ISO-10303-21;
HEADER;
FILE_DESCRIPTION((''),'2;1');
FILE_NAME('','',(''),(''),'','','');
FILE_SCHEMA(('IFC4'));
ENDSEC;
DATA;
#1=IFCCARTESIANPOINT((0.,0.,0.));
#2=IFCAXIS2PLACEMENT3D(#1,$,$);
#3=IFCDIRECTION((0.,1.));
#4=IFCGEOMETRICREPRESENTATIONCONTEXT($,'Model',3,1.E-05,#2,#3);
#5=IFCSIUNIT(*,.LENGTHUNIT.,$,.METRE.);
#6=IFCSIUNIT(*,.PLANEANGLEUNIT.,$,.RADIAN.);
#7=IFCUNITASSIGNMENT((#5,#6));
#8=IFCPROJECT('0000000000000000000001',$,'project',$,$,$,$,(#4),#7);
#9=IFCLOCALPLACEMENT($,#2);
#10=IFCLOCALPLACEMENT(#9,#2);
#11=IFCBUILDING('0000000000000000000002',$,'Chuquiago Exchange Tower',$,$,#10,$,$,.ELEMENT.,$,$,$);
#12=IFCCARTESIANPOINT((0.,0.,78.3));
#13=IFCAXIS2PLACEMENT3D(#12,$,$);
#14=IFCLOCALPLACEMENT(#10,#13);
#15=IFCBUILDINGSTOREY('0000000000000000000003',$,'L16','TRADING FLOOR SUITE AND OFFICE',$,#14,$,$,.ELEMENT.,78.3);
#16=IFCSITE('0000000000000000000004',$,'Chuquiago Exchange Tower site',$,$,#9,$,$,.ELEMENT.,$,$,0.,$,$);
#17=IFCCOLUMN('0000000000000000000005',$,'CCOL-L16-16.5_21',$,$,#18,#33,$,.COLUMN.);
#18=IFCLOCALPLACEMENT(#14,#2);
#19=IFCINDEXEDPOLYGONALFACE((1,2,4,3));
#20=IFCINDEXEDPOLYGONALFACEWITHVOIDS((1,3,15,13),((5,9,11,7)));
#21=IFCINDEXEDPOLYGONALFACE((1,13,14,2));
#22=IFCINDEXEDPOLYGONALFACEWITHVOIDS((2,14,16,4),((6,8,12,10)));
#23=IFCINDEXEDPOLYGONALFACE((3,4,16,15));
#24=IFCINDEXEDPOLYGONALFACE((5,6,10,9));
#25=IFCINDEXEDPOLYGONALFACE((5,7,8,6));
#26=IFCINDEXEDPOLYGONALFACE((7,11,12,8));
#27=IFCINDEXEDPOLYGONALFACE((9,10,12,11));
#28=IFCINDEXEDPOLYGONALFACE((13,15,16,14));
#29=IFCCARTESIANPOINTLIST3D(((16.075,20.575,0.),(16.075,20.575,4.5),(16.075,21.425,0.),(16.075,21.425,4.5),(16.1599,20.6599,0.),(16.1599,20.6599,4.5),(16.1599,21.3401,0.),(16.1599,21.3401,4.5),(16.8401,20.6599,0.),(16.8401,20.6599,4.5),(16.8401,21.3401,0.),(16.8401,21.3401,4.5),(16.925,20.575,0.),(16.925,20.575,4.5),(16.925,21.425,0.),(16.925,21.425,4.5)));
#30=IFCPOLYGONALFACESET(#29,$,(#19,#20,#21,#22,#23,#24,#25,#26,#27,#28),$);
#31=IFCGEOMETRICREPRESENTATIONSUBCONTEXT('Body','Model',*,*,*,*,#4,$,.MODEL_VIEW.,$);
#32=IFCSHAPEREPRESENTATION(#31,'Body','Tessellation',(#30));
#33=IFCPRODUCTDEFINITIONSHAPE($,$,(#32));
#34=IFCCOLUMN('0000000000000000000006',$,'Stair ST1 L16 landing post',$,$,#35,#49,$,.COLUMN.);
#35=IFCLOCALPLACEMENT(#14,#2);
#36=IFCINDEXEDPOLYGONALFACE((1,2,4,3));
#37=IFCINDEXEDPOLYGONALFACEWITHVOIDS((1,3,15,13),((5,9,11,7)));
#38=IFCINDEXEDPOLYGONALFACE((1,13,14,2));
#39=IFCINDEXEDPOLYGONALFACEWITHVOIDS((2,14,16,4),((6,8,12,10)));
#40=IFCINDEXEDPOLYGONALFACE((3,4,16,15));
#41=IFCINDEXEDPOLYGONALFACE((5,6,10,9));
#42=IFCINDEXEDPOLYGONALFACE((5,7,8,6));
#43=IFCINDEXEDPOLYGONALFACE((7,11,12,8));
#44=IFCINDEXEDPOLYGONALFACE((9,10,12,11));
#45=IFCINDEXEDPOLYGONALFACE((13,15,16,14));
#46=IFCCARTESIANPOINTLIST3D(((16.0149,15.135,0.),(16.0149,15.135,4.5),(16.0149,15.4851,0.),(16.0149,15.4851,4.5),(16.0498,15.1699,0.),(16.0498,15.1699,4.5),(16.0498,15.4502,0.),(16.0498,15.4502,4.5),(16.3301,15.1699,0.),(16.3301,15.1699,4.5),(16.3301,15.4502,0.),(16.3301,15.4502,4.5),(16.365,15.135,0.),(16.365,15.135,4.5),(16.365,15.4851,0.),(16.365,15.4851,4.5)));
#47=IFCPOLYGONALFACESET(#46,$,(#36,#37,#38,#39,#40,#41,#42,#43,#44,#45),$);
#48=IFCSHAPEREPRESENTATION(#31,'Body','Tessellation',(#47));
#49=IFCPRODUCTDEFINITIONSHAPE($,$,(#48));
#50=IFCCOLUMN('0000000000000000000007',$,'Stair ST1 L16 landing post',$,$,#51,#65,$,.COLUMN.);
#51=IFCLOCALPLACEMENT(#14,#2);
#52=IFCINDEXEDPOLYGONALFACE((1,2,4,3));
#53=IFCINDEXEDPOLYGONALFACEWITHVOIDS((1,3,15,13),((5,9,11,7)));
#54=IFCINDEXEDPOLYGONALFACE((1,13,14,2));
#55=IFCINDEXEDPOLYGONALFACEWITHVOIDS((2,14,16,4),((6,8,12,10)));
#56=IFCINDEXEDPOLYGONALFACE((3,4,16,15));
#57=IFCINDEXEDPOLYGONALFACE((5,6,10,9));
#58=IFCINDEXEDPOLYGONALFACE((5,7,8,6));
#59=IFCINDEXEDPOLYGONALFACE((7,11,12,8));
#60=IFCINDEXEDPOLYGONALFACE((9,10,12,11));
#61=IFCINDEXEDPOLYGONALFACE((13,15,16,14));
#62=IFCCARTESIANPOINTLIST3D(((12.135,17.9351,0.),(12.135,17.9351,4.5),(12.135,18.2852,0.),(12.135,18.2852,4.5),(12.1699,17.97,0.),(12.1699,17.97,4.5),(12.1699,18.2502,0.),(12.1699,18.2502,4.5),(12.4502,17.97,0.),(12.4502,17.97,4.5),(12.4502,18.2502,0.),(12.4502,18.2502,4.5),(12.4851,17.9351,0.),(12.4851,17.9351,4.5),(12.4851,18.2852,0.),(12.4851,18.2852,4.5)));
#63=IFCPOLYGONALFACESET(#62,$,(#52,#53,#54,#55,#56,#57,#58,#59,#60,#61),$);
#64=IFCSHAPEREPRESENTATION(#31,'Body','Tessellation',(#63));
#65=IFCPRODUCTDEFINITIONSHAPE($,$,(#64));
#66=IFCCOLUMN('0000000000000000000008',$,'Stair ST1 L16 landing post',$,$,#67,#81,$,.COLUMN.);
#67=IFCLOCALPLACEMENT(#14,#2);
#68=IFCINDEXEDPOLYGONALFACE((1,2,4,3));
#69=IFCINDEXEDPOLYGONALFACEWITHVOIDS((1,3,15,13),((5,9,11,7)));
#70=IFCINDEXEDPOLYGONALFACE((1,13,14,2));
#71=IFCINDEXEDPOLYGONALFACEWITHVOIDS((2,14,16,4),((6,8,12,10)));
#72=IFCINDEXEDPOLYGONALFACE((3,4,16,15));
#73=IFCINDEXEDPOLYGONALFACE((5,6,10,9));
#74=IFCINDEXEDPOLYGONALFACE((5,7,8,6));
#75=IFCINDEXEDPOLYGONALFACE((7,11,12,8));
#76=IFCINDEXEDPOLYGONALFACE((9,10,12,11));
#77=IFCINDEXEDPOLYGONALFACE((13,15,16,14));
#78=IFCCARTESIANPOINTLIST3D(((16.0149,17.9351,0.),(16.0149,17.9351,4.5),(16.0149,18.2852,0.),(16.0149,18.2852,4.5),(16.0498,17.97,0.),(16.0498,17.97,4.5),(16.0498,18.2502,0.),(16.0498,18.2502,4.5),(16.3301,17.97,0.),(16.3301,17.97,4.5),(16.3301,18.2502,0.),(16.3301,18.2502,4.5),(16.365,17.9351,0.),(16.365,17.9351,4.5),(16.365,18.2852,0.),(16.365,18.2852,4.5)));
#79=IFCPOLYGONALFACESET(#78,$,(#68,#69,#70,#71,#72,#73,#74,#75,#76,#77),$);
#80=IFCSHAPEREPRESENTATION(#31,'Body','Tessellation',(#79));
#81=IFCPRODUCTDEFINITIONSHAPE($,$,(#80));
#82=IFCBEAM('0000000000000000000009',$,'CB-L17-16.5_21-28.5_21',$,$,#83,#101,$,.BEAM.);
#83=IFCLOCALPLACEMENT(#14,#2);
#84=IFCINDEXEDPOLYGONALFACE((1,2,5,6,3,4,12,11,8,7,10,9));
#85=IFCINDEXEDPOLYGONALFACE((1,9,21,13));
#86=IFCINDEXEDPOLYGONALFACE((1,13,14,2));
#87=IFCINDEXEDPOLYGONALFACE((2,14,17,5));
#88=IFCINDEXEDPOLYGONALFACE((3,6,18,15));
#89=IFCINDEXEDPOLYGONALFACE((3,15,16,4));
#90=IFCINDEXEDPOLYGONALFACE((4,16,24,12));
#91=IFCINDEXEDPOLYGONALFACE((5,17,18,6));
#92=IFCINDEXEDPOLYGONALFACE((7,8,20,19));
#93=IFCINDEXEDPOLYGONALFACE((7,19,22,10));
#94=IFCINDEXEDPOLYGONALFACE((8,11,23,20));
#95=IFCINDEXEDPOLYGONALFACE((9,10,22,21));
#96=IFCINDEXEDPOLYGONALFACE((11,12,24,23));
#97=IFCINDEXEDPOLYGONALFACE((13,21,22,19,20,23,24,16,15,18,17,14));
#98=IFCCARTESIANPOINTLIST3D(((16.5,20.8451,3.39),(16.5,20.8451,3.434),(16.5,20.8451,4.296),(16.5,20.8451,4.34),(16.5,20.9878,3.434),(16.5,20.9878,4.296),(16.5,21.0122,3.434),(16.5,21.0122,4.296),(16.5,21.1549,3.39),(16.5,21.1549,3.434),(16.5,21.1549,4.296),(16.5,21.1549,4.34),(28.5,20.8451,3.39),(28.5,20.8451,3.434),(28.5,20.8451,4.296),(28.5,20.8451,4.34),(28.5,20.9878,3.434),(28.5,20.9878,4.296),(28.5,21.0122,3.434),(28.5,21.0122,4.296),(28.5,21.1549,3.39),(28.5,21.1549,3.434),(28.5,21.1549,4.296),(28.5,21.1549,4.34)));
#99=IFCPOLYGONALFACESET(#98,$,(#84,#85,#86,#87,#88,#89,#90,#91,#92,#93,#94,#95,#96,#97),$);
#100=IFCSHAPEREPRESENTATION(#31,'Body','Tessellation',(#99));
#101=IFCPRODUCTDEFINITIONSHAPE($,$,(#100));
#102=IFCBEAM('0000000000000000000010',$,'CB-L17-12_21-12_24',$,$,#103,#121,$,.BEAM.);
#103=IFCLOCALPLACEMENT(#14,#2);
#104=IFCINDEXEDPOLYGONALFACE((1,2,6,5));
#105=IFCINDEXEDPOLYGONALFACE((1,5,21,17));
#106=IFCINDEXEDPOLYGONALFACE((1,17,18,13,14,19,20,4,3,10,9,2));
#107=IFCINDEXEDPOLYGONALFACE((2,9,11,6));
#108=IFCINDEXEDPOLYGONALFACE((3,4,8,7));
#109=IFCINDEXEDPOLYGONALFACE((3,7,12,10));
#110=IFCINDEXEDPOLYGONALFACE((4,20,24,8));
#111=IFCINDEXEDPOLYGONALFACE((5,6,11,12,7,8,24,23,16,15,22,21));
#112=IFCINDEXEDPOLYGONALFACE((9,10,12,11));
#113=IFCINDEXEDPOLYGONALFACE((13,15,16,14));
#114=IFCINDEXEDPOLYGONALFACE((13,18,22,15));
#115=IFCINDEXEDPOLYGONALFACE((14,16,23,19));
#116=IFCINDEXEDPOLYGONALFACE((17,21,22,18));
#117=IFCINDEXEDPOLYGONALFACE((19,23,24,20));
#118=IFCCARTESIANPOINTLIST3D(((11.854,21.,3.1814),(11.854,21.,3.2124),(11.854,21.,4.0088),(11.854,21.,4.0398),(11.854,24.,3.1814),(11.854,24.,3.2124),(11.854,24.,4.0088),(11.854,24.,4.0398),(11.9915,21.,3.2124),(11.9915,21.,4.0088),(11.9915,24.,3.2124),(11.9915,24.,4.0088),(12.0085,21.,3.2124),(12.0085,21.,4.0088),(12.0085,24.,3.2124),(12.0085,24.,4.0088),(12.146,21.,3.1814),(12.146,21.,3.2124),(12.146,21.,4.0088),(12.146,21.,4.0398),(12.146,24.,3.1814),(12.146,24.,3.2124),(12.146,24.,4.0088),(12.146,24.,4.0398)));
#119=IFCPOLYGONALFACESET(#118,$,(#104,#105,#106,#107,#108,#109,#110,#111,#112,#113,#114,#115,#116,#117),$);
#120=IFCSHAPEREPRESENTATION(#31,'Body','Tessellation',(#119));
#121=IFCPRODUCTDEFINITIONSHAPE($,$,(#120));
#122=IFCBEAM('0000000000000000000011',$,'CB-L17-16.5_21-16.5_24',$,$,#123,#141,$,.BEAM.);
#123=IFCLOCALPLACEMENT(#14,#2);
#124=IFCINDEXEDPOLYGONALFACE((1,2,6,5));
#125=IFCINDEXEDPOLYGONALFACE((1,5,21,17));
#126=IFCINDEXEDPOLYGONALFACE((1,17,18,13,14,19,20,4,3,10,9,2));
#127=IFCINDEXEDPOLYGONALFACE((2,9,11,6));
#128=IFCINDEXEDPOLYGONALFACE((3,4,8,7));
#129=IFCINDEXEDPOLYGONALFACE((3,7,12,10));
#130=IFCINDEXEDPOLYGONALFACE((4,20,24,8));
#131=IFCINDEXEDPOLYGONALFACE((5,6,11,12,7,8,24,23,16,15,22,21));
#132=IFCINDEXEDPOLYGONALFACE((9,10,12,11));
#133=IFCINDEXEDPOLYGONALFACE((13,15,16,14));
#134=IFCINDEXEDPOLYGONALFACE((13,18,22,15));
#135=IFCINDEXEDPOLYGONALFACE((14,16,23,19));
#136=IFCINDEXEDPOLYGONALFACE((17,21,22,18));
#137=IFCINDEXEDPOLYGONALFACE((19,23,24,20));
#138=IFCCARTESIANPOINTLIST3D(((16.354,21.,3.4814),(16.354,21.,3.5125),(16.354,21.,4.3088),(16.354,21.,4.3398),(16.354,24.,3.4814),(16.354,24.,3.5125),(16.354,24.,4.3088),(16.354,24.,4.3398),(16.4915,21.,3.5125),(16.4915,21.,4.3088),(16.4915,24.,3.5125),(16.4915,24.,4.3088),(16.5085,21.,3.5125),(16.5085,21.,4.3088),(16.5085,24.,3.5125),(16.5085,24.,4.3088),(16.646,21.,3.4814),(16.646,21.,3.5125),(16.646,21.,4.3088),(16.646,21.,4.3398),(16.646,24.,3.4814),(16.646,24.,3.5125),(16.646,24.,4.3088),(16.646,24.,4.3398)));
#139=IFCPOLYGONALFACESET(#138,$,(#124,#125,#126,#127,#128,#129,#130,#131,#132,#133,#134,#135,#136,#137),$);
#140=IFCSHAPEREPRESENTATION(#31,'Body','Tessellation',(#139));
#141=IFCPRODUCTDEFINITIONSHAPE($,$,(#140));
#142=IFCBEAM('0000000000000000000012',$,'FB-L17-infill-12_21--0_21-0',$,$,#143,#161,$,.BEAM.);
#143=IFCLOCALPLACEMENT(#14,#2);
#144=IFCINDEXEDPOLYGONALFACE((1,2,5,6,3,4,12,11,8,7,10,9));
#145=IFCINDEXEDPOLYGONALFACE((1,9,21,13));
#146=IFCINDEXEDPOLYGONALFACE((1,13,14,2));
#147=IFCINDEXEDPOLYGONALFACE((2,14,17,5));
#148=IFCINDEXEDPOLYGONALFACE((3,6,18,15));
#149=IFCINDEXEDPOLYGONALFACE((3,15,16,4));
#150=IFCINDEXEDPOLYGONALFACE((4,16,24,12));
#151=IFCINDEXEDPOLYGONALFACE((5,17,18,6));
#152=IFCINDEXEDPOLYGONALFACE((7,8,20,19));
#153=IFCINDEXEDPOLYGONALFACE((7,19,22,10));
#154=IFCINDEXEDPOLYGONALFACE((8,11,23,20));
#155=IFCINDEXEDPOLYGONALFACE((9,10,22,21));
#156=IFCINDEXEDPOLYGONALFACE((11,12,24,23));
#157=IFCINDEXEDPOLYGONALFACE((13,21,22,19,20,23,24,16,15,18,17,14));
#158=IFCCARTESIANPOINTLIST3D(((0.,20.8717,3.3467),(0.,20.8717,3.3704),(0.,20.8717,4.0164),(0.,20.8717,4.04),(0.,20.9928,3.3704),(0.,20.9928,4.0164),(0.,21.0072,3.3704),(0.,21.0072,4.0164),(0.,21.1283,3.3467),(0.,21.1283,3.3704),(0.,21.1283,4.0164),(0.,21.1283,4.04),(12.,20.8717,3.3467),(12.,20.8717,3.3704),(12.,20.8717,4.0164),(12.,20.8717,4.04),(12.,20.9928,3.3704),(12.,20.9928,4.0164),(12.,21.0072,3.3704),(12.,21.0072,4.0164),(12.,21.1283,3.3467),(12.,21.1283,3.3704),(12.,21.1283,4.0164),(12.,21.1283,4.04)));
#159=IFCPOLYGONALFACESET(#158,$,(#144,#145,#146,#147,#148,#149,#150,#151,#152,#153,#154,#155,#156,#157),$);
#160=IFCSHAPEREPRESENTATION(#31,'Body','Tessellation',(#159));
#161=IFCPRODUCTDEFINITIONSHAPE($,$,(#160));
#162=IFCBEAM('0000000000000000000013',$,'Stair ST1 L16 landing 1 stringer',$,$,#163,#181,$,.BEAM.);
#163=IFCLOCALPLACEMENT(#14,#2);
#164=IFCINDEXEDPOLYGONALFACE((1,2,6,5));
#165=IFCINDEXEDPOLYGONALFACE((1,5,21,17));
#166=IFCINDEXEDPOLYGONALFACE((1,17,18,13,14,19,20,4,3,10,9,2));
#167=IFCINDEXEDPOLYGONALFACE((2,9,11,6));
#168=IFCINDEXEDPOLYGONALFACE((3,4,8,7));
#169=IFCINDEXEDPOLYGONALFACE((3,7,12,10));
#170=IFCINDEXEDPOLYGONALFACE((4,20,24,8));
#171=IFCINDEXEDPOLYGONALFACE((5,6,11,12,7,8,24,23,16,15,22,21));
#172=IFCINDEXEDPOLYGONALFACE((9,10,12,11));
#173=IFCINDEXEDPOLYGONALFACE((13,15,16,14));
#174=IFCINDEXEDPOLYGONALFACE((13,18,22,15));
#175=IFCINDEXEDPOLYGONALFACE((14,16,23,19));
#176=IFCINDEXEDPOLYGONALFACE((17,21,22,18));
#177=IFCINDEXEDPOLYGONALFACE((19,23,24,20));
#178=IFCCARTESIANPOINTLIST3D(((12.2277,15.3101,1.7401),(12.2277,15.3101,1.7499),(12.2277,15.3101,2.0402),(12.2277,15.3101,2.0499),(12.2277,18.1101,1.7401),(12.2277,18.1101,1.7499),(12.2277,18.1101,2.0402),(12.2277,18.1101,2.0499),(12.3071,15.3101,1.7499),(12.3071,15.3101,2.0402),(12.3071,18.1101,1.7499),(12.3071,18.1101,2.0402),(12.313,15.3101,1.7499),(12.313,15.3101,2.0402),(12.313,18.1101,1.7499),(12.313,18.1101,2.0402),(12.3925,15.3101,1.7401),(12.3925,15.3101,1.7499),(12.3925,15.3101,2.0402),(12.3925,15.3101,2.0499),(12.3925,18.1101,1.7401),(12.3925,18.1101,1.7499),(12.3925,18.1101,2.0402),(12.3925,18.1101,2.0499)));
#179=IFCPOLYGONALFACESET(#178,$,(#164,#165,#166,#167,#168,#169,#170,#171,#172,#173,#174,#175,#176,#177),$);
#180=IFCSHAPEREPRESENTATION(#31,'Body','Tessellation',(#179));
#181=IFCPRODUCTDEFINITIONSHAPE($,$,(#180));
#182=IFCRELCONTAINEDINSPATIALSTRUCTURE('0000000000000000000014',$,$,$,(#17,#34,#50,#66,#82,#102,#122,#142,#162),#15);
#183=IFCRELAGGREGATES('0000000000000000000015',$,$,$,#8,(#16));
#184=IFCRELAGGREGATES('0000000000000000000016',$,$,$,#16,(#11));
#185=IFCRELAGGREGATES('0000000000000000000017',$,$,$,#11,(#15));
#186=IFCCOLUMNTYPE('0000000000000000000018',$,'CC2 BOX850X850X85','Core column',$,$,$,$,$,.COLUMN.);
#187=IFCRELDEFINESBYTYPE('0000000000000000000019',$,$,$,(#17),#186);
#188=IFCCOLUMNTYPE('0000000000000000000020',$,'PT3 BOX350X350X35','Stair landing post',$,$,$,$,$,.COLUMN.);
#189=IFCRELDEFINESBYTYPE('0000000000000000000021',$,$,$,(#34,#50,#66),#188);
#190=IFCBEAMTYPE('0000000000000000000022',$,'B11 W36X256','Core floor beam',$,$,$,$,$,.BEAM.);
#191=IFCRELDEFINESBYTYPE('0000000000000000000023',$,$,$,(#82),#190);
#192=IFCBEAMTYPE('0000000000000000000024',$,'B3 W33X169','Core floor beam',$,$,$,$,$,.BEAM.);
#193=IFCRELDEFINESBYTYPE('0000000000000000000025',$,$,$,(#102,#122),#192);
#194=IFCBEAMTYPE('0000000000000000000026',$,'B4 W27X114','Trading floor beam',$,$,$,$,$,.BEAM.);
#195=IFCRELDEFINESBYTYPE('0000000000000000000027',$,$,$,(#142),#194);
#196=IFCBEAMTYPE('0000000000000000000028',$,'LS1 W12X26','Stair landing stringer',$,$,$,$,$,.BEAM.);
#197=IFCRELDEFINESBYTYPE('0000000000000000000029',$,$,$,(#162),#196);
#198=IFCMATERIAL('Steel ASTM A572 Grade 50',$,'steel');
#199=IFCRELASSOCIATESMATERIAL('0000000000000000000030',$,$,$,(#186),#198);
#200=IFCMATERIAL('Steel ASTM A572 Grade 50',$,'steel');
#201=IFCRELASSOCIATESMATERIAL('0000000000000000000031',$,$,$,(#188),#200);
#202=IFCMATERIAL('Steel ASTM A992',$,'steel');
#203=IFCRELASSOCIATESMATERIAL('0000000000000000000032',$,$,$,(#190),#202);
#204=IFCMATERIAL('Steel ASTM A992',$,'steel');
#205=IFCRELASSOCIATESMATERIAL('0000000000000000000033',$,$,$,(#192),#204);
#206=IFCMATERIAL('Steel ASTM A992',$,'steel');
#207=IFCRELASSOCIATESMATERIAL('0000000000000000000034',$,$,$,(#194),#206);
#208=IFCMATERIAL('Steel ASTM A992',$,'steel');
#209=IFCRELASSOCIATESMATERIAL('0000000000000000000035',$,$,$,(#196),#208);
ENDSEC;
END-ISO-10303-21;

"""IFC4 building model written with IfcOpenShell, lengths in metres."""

from ifc_helpers import new_model, si_unit, direction, frame, origin, origin_2d, place, context, subcontext, project, spatial, hollow_rectangle, i_section, extrude, material, material_profile, profile_set, type_object, element, save


model = new_model("IFC4")

# Units and contexts
model_context = context("Model", 3, precision=1e-05, world=origin(), true_north=direction((0.0, 1.0)))
body_context = subcontext(model_context, "Body", "Model", "MODEL_VIEW")
ifc_project = project(units=[si_unit("LENGTHUNIT", "METRE"), si_unit("PLANEANGLEUNIT", "RADIAN")], contexts=[model_context])

# Site, building, storey
site_placement = place(None, origin())
site = spatial("IfcSite", under=ifc_project, at=site_placement, Name="Chuquiago Exchange Tower site", CompositionType="ELEMENT", RefElevation=0.0)
building_placement = place(site_placement, origin())
building = spatial("IfcBuilding", under=site, at=building_placement, Name="Chuquiago Exchange Tower", CompositionType="ELEMENT")
storey_placement = place(building_placement, frame((0.0, 0.0, 78.3)))
storey = spatial("IfcBuildingStorey", under=building, at=storey_placement, Name="L16", Description="TRADING FLOOR SUITE AND OFFICE", CompositionType="ELEMENT", Elevation=78.3)

# Columns
ifc_material_1 = material(Name="Steel ASTM A572 Grade 50", Category="steel")
ifc_material_profile_1 = material_profile(ifc_material_1, hollow_rectangle(XDim=0.8501, YDim=0.8501, WallThickness=0.085, at=origin_2d()), Name="BOX850X850X85")
ifc_profile_set_1 = profile_set([ifc_material_profile_1], Name="Steel ASTM A572 Grade 50")
column_type_1 = type_object("IfcColumnType", Name="CC2 BOX850X850X85", Description="Core column", PredefinedType="COLUMN", material=ifc_profile_set_1)
column_placement = place(storey_placement, frame((16.5, 21.0, 0.0), z_axis=(0.0, 0.0, 1.0), x_axis=(1.0, 0.0, 0.0)))
element("IfcColumn", 1, at=column_placement, inside=storey, type_object=column_type_1, Name="CCOL-L16-16.5_21", PredefinedType="COLUMN", context=body_context, shape_type="SweptSolid", body=[
    extrude(hollow_rectangle(XDim=0.8501, YDim=0.8501, WallThickness=0.085, at=origin_2d()), origin(), (0.0, 0.0, 1.0), 4.5),
])
ifc_material_2 = material(Name="Steel ASTM A572 Grade 50", Category="steel")
ifc_material_profile_2 = material_profile(ifc_material_2, hollow_rectangle(XDim=0.3501, YDim=0.3501, WallThickness=0.0349, at=origin_2d()), Name="BOX350X350X35")
ifc_profile_set_2 = profile_set([ifc_material_profile_2], Name="Steel ASTM A572 Grade 50")
column_type_2 = type_object("IfcColumnType", Name="PT3 BOX350X350X35", Description="Stair landing post", PredefinedType="COLUMN", material=ifc_profile_set_2)
for number, where, z_axis, x_axis, name in (
    (2, (16.1899, 15.3101, 0.0), (0.0, 0.0, 1.0), (1.0, 0.0, 0.0), "Stair ST1 L16 landing post"),
    (3, (12.3101, 18.1101, 0.0), (0.0, 0.0, 1.0), (1.0, 0.0, 0.0), "Stair ST1 L16 landing post"),
    (4, (16.1899, 18.1101, 0.0), (0.0, 0.0, 1.0), (1.0, 0.0, 0.0), "Stair ST1 L16 landing post"),
):
    element("IfcColumn", number, at=place(storey_placement, frame(where, z_axis=z_axis, x_axis=x_axis)), inside=storey, type_object=column_type_2, Name=name, PredefinedType="COLUMN", context=body_context, shape_type="SweptSolid", body=[
        extrude(hollow_rectangle(XDim=0.3501, YDim=0.3501, WallThickness=0.0349, at=origin_2d()), origin(), (0.0, 0.0, 1.0), 4.5),
    ])

# Beams
ifc_material_3 = material(Name="Steel ASTM A992", Category="steel")
ifc_material_profile_3 = material_profile(ifc_material_3, i_section(OverallWidth=0.3098, OverallDepth=0.95, WebThickness=0.0244, FlangeThickness=0.0439, at=origin_2d()), Name="W36X256")
ifc_profile_set_3 = profile_set([ifc_material_profile_3], Name="Steel ASTM A992")
beam_type_1 = type_object("IfcBeamType", Name="B11 W36X256", Description="Core floor beam", PredefinedType="BEAM", material=ifc_profile_set_3)
beam_1_placement = place(storey_placement, frame((16.5, 21.0, 3.865), z_axis=(1.0, 0.0, 0.0), x_axis=(0.0, 1.0, 0.0)))
element("IfcBeam", 5, at=beam_1_placement, inside=storey, type_object=beam_type_1, Name="CB-L17-16.5_21-28.5_21", PredefinedType="BEAM", context=body_context, shape_type="SweptSolid", body=[
    extrude(i_section(OverallWidth=0.3098, OverallDepth=0.95, WebThickness=0.0244, FlangeThickness=0.0439, at=origin_2d()), origin(), (0.0, 0.0, 1.0), 12.0),
])
ifc_material_4 = material(Name="Steel ASTM A992", Category="steel")
ifc_material_profile_4 = material_profile(ifc_material_4, i_section(OverallWidth=0.292, OverallDepth=0.8584, WebThickness=0.0171, FlangeThickness=0.031, at=origin_2d()), Name="W33X169")
ifc_profile_set_4 = profile_set([ifc_material_profile_4], Name="Steel ASTM A992")
beam_type_2 = type_object("IfcBeamType", Name="B3 W33X169", Description="Core floor beam", PredefinedType="BEAM", material=ifc_profile_set_4)
for number, where, z_axis, x_axis, name in (
    (6, (12.0, 21.0, 3.6106), (0.0, 1.0, 0.0), (-1.0, 0.0, 0.0), "CB-L17-12_21-12_24"),
    (7, (16.5, 21.0, 3.9106), (0.0, 1.0, 0.0), (-1.0, 0.0, 0.0), "CB-L17-16.5_21-16.5_24"),
):
    element("IfcBeam", number, at=place(storey_placement, frame(where, z_axis=z_axis, x_axis=x_axis)), inside=storey, type_object=beam_type_2, Name=name, PredefinedType="BEAM", context=body_context, shape_type="SweptSolid", body=[
        extrude(i_section(OverallWidth=0.292, OverallDepth=0.8584, WebThickness=0.0171, FlangeThickness=0.031, at=origin_2d()), origin(), (0.0, 0.0, 1.0), 3.0),
    ])
ifc_material_5 = material(Name="Steel ASTM A992", Category="steel")
ifc_material_profile_5 = material_profile(ifc_material_5, i_section(OverallWidth=0.2566, OverallDepth=0.6934, WebThickness=0.0144, FlangeThickness=0.0237, at=origin_2d()), Name="W27X114")
ifc_profile_set_5 = profile_set([ifc_material_profile_5], Name="Steel ASTM A992")
beam_type_3 = type_object("IfcBeamType", Name="B4 W27X114", Description="Trading floor beam", PredefinedType="BEAM", material=ifc_profile_set_5)
beam_2_placement = place(storey_placement, frame((12.0, 21.0, 3.6934), z_axis=(-1.0, 0.0, 0.0), x_axis=(0.0, -1.0, 0.0)))
element("IfcBeam", 8, at=beam_2_placement, inside=storey, type_object=beam_type_3, Name="FB-L17-infill-12_21--0_21-0", PredefinedType="BEAM", context=body_context, shape_type="SweptSolid", body=[
    extrude(i_section(OverallWidth=0.2566, OverallDepth=0.6934, WebThickness=0.0144, FlangeThickness=0.0237, at=origin_2d()), origin(), (0.0, 0.0, 1.0), 12.0),
])
ifc_material_6 = material(Name="Steel ASTM A992", Category="steel")
ifc_material_profile_6 = material_profile(ifc_material_6, i_section(OverallWidth=0.1648, OverallDepth=0.3098, WebThickness=0.0059, FlangeThickness=0.0098, at=origin_2d()), Name="W12X26")
ifc_profile_set_6 = profile_set([ifc_material_profile_6], Name="Steel ASTM A992")
beam_type_4 = type_object("IfcBeamType", Name="LS1 W12X26", Description="Stair landing stringer", PredefinedType="BEAM", material=ifc_profile_set_6)
for number, where, z_axis, x_axis, name in (
    (9, (12.3101, 15.3101, 1.895), (0.0, 1.0, 0.0), (-1.0, 0.0, 0.0), "Stair ST1 L16 landing 1 stringer"),
):
    element("IfcBeam", number, at=place(storey_placement, frame(where, z_axis=z_axis, x_axis=x_axis)), inside=storey, type_object=beam_type_4, Name=name, PredefinedType="BEAM", context=body_context, shape_type="SweptSolid", body=[
        extrude(i_section(OverallWidth=0.1648, OverallDepth=0.3098, WebThickness=0.0059, FlangeThickness=0.0098, at=origin_2d()), origin(), (0.0, 0.0, 1.0), 2.8),
    ])

save(model, "model.ifc")
